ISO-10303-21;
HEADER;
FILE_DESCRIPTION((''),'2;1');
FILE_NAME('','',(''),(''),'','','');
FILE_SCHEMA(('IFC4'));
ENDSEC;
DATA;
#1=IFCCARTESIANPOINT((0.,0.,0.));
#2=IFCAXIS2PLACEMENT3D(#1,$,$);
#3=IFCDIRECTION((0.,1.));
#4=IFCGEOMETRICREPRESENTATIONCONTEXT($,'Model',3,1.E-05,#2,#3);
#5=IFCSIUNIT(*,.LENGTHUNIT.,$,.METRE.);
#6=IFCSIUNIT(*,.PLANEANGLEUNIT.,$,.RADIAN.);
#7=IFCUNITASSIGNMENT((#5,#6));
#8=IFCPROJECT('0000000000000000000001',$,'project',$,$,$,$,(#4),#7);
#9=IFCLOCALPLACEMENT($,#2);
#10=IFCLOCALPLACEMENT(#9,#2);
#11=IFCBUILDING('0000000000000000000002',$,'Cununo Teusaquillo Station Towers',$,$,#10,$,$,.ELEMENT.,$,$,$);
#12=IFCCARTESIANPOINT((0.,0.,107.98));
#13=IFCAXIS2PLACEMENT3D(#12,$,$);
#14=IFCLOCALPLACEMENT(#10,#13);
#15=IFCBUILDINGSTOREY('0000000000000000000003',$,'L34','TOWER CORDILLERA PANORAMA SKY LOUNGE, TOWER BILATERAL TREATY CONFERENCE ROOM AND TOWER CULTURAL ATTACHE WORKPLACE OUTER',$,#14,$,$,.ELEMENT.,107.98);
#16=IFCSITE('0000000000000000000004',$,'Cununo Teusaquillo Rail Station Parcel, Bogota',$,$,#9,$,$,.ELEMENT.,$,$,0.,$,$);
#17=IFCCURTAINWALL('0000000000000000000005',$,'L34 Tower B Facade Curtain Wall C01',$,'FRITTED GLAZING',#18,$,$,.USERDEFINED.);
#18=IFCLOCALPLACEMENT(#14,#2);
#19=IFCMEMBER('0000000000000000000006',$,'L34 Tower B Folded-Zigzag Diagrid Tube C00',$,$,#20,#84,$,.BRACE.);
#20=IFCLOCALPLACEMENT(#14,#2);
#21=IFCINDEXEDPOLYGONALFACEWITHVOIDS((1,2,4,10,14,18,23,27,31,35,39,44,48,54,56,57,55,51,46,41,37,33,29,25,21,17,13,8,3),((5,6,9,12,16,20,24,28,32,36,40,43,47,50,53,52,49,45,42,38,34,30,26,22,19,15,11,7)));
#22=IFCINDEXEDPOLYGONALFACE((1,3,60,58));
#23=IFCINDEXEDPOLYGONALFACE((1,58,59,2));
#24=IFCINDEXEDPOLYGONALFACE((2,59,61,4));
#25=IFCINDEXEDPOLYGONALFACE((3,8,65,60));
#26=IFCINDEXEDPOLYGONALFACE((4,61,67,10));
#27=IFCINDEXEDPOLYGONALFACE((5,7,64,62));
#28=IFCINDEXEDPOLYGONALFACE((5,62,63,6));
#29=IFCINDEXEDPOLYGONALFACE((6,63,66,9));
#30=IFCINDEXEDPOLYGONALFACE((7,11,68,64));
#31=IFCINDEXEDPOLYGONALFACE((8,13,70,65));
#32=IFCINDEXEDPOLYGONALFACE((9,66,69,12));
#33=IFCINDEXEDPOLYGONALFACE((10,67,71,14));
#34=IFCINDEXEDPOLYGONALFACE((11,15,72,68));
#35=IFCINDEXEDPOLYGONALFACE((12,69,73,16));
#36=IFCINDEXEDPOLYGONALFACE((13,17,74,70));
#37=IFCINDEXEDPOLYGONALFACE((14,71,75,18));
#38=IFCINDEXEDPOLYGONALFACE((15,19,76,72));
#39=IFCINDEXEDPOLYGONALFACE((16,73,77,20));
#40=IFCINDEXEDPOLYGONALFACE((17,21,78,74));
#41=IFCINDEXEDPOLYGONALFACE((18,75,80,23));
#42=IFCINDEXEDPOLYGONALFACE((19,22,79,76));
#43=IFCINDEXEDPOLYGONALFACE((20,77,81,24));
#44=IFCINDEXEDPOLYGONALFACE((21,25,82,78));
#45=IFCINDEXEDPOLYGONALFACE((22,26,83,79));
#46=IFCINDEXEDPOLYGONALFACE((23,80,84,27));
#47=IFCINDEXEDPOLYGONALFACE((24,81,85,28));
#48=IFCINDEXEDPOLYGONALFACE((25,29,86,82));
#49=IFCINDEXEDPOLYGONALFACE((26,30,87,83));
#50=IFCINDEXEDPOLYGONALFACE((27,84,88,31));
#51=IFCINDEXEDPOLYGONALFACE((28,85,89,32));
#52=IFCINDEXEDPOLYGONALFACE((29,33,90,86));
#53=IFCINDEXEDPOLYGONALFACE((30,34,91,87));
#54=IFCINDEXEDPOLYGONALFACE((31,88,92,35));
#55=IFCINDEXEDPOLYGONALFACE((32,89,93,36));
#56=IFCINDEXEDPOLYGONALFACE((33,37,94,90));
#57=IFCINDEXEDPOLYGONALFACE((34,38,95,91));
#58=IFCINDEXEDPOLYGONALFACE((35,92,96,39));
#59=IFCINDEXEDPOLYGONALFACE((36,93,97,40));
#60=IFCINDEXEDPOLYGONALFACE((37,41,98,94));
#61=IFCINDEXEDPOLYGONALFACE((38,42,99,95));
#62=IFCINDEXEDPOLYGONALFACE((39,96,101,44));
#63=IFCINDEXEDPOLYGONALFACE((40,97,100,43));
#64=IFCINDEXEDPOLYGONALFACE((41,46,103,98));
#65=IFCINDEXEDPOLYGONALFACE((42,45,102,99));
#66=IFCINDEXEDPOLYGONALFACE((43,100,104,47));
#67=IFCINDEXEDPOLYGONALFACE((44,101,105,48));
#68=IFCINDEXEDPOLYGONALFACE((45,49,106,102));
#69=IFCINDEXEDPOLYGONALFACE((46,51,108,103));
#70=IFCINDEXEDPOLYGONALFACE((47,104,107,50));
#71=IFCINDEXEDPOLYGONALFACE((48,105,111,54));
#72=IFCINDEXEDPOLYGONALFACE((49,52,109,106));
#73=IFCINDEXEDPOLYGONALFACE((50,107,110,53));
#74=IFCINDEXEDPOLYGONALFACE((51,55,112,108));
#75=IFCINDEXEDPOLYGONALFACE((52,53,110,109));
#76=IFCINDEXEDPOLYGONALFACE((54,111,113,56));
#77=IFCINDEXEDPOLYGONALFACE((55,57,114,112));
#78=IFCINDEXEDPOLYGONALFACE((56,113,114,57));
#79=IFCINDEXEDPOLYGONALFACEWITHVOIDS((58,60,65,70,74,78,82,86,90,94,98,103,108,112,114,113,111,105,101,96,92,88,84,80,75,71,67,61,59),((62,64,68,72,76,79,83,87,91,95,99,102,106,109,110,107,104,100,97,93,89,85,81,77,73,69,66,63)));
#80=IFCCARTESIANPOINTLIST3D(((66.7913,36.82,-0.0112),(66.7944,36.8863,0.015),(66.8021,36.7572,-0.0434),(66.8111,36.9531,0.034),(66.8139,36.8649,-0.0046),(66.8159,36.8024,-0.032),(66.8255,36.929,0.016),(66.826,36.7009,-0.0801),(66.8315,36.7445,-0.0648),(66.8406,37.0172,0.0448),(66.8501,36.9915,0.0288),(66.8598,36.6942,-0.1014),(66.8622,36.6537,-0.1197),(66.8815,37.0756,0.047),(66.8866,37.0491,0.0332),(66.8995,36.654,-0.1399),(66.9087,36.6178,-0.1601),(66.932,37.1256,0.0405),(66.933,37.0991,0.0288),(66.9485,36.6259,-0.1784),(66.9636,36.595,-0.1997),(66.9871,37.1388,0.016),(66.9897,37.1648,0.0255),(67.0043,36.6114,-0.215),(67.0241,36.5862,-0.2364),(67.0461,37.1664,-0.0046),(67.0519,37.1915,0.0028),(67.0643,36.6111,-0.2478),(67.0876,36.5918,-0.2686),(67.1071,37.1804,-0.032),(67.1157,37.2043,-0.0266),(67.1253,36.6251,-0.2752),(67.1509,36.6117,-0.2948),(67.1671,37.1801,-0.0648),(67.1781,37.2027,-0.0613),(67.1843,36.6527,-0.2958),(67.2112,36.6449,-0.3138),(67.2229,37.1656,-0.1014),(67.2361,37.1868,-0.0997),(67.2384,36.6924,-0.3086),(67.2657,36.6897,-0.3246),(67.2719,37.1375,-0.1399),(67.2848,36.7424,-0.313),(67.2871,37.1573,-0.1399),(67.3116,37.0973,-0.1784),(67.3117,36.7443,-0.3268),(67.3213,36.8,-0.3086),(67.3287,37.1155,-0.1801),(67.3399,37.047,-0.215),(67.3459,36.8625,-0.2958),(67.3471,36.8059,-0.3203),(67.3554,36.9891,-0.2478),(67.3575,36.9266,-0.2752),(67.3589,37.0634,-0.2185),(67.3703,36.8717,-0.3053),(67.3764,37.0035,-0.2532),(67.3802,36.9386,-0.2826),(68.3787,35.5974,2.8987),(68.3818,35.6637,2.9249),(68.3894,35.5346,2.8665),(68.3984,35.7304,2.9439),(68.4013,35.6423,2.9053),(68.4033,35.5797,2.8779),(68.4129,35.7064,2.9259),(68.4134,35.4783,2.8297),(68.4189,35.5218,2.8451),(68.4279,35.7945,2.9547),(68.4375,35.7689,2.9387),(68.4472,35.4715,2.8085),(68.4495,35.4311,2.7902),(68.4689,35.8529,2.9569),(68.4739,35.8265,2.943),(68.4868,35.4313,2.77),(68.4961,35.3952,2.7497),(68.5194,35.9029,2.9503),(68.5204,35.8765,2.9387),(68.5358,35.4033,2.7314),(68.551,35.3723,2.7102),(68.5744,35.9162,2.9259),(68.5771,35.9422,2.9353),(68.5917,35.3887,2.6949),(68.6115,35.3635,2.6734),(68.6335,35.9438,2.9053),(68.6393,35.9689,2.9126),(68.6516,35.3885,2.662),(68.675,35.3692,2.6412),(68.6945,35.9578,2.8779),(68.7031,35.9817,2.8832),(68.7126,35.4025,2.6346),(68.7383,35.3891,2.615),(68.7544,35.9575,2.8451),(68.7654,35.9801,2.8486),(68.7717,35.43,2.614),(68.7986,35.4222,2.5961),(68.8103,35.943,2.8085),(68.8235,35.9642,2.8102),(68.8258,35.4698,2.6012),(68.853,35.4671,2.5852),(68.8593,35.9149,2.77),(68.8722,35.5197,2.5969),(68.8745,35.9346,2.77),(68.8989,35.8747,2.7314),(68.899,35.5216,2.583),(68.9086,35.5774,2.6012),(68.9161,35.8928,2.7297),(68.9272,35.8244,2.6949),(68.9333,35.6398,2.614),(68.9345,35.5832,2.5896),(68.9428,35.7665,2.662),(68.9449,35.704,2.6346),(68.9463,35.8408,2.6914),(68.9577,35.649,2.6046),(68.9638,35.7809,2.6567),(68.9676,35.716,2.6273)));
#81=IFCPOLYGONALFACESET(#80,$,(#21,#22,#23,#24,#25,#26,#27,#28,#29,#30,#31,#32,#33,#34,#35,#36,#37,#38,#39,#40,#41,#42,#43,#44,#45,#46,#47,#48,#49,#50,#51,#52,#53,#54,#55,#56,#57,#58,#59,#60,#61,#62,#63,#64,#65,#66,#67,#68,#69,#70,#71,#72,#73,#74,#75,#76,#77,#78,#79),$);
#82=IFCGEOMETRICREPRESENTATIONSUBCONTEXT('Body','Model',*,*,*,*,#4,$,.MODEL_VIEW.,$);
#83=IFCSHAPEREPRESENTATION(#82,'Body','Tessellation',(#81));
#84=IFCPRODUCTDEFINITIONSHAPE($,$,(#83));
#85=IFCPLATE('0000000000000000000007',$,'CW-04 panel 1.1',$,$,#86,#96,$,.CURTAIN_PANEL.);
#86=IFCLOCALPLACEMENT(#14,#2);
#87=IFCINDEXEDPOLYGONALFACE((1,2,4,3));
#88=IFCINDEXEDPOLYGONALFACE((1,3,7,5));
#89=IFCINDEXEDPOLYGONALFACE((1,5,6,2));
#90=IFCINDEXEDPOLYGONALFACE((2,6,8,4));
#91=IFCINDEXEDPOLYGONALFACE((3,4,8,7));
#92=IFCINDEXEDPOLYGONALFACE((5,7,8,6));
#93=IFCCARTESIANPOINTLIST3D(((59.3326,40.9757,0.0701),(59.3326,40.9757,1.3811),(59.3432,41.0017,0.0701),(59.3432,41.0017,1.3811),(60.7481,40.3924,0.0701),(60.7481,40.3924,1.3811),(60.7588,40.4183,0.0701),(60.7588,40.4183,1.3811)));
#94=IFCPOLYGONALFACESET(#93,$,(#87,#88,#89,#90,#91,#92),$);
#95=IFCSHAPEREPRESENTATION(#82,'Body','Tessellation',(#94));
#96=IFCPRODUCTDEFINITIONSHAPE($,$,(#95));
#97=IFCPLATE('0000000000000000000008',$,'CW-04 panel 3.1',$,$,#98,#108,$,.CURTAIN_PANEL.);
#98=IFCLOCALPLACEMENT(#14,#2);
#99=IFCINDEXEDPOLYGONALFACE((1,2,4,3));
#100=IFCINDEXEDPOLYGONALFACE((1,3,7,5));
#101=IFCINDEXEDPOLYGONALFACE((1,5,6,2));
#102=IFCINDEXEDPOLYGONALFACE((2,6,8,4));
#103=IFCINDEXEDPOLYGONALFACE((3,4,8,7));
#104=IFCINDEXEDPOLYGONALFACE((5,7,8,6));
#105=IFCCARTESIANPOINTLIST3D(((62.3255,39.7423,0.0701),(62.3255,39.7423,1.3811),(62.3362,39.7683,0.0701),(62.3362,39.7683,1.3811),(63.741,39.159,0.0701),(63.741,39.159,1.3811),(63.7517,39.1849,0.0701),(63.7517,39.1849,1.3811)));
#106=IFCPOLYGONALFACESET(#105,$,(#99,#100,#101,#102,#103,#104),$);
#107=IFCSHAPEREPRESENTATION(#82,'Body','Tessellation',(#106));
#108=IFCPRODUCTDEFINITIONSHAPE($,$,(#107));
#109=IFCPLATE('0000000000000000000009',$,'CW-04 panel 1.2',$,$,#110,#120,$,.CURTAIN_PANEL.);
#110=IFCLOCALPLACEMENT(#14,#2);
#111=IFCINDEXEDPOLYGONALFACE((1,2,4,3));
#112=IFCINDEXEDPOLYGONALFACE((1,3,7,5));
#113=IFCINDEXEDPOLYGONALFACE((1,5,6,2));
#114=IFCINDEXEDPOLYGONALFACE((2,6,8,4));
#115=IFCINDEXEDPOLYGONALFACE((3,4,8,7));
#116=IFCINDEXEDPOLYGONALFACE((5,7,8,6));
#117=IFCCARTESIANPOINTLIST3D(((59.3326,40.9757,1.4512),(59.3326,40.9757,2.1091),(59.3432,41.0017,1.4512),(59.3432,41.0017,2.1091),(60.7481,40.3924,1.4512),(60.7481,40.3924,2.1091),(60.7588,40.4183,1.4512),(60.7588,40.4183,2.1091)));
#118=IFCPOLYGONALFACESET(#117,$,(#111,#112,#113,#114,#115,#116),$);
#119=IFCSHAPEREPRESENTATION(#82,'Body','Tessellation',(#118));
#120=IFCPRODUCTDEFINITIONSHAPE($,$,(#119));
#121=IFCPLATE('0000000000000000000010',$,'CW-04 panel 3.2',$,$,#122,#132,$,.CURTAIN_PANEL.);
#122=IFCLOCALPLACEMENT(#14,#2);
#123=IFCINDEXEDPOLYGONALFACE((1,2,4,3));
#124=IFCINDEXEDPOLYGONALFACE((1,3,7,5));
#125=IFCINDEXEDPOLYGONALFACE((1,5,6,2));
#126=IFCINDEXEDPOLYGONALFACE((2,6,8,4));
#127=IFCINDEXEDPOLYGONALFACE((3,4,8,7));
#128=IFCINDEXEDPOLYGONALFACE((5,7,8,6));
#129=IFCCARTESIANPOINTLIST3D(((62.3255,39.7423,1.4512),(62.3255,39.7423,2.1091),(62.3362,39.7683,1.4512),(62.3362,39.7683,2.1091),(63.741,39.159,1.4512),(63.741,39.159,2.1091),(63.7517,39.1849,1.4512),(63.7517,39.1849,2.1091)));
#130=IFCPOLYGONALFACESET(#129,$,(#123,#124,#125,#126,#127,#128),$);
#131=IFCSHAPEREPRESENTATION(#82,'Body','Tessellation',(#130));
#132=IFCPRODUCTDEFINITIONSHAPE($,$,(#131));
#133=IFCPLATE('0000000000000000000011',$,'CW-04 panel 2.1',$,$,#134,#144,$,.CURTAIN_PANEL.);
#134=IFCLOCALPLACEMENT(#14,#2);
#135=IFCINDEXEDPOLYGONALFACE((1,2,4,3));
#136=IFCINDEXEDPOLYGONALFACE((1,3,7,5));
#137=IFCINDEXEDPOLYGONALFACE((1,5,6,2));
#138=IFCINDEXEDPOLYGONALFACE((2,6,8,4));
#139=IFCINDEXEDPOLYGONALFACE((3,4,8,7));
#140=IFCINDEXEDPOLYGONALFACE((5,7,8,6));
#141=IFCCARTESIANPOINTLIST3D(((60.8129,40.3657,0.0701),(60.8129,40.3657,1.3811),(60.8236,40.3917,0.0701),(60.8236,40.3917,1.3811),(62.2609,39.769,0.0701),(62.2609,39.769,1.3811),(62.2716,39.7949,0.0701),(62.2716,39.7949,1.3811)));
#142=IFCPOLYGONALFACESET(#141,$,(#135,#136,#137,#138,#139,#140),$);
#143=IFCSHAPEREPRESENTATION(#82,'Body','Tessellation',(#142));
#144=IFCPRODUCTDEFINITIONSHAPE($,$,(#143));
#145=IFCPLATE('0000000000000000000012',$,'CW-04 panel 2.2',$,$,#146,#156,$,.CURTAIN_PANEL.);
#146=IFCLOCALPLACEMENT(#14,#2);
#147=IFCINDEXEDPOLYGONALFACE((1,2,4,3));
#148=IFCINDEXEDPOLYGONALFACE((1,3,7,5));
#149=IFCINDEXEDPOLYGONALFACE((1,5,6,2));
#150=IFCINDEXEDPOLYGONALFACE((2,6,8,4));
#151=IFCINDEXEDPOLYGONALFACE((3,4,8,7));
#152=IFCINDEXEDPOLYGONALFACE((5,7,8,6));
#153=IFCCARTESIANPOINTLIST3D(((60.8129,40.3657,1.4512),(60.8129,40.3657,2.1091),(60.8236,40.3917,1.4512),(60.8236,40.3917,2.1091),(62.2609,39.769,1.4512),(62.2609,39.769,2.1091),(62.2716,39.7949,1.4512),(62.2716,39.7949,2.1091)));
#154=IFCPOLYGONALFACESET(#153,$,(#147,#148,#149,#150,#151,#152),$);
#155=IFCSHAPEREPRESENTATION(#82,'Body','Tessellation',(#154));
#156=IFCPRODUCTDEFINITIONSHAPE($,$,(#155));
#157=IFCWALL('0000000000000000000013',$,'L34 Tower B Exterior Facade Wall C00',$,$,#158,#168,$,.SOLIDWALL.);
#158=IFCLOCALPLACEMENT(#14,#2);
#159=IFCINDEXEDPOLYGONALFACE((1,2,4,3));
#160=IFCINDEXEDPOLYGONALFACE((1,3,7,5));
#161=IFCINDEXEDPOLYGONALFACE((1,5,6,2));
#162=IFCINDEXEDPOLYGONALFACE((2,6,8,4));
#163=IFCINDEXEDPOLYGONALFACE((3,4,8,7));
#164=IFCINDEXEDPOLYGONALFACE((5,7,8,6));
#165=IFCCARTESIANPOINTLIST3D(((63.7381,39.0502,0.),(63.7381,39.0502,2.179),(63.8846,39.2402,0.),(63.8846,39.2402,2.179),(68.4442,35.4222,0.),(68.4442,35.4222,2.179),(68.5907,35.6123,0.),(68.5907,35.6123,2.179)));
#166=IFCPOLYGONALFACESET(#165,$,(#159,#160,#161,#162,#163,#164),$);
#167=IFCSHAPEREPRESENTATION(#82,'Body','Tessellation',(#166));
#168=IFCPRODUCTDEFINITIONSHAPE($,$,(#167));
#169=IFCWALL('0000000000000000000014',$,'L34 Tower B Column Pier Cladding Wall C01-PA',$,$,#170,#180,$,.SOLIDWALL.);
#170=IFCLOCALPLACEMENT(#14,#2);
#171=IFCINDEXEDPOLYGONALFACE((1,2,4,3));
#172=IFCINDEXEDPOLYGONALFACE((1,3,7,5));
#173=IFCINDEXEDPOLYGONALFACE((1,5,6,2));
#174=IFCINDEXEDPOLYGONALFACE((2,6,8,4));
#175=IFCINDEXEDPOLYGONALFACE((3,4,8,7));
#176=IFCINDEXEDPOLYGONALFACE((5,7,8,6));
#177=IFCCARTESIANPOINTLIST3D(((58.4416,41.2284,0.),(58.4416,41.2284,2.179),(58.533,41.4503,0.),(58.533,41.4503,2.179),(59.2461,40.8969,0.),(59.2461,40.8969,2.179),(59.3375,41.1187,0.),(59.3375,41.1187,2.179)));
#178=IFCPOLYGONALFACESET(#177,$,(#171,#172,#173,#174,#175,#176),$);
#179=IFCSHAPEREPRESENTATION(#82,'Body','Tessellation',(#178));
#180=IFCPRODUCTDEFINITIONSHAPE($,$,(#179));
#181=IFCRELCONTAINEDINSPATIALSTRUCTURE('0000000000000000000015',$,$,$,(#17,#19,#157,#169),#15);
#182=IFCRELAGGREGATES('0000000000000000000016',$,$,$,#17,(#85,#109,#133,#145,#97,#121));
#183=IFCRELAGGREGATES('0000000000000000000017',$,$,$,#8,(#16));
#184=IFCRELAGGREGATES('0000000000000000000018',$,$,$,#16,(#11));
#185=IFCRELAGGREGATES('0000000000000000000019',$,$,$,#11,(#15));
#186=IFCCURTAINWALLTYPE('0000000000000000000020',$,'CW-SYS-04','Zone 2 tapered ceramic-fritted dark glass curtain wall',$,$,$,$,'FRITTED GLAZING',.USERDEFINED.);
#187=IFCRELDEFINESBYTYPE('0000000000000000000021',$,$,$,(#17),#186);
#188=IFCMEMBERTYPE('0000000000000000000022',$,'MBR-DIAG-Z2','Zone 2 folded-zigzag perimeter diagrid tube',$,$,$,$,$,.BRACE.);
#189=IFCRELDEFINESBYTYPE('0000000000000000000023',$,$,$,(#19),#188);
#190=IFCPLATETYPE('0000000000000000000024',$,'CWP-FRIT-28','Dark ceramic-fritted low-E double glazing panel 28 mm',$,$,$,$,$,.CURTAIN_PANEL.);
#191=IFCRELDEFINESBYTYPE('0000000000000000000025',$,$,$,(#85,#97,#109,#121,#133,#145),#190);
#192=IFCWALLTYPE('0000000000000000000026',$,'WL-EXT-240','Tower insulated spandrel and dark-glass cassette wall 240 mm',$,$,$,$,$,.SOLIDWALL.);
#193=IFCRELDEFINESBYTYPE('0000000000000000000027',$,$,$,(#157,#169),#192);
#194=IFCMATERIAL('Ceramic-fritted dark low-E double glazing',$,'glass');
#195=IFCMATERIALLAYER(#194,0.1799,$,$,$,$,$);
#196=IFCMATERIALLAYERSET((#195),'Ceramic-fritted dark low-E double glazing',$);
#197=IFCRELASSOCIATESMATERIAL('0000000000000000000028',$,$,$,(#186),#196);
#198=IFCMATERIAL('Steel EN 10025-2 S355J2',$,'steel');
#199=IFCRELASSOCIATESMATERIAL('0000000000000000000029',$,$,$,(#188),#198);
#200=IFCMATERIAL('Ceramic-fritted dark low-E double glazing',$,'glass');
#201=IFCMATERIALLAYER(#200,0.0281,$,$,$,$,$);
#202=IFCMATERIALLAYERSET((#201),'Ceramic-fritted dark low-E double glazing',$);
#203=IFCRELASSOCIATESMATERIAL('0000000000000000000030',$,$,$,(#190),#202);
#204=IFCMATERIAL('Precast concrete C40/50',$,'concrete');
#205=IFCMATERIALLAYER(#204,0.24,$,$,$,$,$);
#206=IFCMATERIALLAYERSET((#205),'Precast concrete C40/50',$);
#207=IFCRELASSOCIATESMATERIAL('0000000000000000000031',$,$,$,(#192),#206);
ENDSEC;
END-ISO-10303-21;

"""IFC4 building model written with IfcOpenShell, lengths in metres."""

from ifc_helpers import new_model, si_unit, direction, frame, frame_2d, origin, origin_2d, place, context, subcontext, project, spatial, rectangle, hollow_circle, extrude, source, transform, mapped, material, layer, layer_set, material_profile, profile_set, type_object, element, aggregate, save


model = new_model("IFC4")

# Units and contexts
model_context = context("Model", 3, precision=1e-05, world=origin(), true_north=direction((0.0, 1.0)))
body_context = subcontext(model_context, "Body", "Model", "MODEL_VIEW")
ifc_project = project(units=[si_unit("LENGTHUNIT", "METRE"), si_unit("PLANEANGLEUNIT", "RADIAN")], contexts=[model_context])

# Site, building, storey
site_placement = place(None, origin())
site = spatial("IfcSite", under=ifc_project, at=site_placement, Name="Cununo Teusaquillo Rail Station Parcel, Bogota", CompositionType="ELEMENT", RefElevation=0.0)
building_placement = place(site_placement, origin())
building = spatial("IfcBuilding", under=site, at=building_placement, Name="Cununo Teusaquillo Station Towers", CompositionType="ELEMENT")
storey_placement = place(building_placement, frame((0.0, 0.0, 107.98)))
storey = spatial("IfcBuildingStorey", under=building, at=storey_placement, Name="L34", Description="TOWER CORDILLERA PANORAMA SKY LOUNGE, TOWER BILATERAL TREATY CONFERENCE ROOM AND TOWER CULTURAL ATTACHE WORKPLACE OUTER", CompositionType="ELEMENT", Elevation=107.98)

# Curtain wall
ifc_material_1 = material(Name="Ceramic-fritted dark low-E double glazing", Category="glass")
ifc_layer_1 = layer(ifc_material_1, 0.1799)
ifc_layer_set_1 = layer_set([ifc_layer_1], Name="Ceramic-fritted dark low-E double glazing")
curtain_wall_type = type_object("IfcCurtainWallType", Name="CW-SYS-04", Description="Zone 2 tapered ceramic-fritted dark glass curtain wall", ElementType="FRITTED GLAZING", PredefinedType="USERDEFINED", material=ifc_layer_set_1)
curtain_wall_placement = place(storey_placement, origin())
curtain_wall = element("IfcCurtainWall", 1, at=curtain_wall_placement, inside=storey, type_object=curtain_wall_type, Name="L34 Tower B Facade Curtain Wall C01", ObjectType="FRITTED GLAZING", PredefinedType="USERDEFINED")

# Member
ifc_material_2 = material(Name="Steel EN 10025-2 S355J2", Category="steel")
ifc_material_profile_1 = material_profile(ifc_material_2, hollow_circle(Radius=0.3301, WallThickness=0.0249, at=origin_2d()), Name="CHS 660x25")
ifc_profile_set_1 = profile_set([ifc_material_profile_1], Name="Steel EN 10025-2 S355J2")
member_type_1 = type_object("IfcMemberType", Name="MBR-DIAG-Z2", Description="Zone 2 folded-zigzag perimeter diagrid tube", PredefinedType="BRACE", material=ifc_profile_set_1)
member_1_placement = place(storey_placement, frame((67.0857, 36.8958, -0.1399), z_axis=(0.449303, -0.346064, 0.82363), x_axis=(0.610205, 0.792243, 0.0)))
element("IfcMember", 2, at=member_1_placement, inside=storey, type_object=member_type_1, Name="L34 Tower B Folded-Zigzag Diagrid Tube C00", PredefinedType="BRACE", context=body_context, shape_type="SweptSolid", body=[
    extrude(hollow_circle(Radius=0.3301, WallThickness=0.0249, at=origin_2d()), origin(), (0.0, 0.0, 1.0), 3.533),
])

# Plates
ifc_material_3 = material(Name="Ceramic-fritted dark low-E double glazing", Category="glass")
ifc_layer_2 = layer(ifc_material_3, 0.0281)
ifc_layer_set_2 = layer_set([ifc_layer_2], Name="Ceramic-fritted dark low-E double glazing")
plate_type = type_object("IfcPlateType", Name="CWP-FRIT-28", Description="Dark ceramic-fritted low-E double glazing panel 28 mm", PredefinedType="CURTAIN_PANEL", material=ifc_layer_set_2)
shared_shape_1 = source(origin(), body_context, "Body", "SweptSolid", [
    extrude(rectangle(XDim=1.531, YDim=0.0281, at=origin_2d()), origin(), (0.0, 0.0, 1.0), 1.311),
])
plate_1_placement = place(storey_placement, frame((60.0457, 40.697, 0.0701), z_axis=(0.0, 0.0, 1.0), x_axis=(0.924562, -0.381031, 0.0)))
plate_1 = element("IfcPlate", 3, at=plate_1_placement, type_object=plate_type, Name="CW-04 panel 1.1", PredefinedType="CURTAIN_PANEL", context=body_context, shape_type="MappedRepresentation", body=[
    mapped(shared_shape_1, transform((0.0, 0.0, 0.0), x_axis=(1.0, 0.0, 0.0), y_axis=(0.0, 1.0, 0.0), z_axis=(0.0, 0.0, 1.0), scale=1.0)),
])
plate_2_placement = place(storey_placement, frame((63.0386, 39.4636, 0.0701), z_axis=(0.0, 0.0, 1.0), x_axis=(0.924562, -0.381031, 0.0)))
plate_2 = element("IfcPlate", 4, at=plate_2_placement, type_object=plate_type, Name="CW-04 panel 3.1", PredefinedType="CURTAIN_PANEL", context=body_context, shape_type="MappedRepresentation", body=[
    mapped(shared_shape_1, transform((0.0, 0.0, 0.0), x_axis=(1.0, 0.0, 0.0), y_axis=(0.0, 1.0, 0.0), z_axis=(0.0, 0.0, 1.0), scale=1.0)),
])
shared_shape_2 = source(origin(), body_context, "Body", "SweptSolid", [
    extrude(rectangle(XDim=1.531, YDim=0.0281, at=origin_2d()), origin(), (0.0, 0.0, 1.0), 0.658),
])
plate_3_placement = place(storey_placement, frame((60.0457, 40.697, 1.4512), z_axis=(0.0, 0.0, 1.0), x_axis=(0.924562, -0.381031, 0.0)))
plate_3 = element("IfcPlate", 5, at=plate_3_placement, type_object=plate_type, Name="CW-04 panel 1.2", PredefinedType="CURTAIN_PANEL", context=body_context, shape_type="MappedRepresentation", body=[
    mapped(shared_shape_2, transform((0.0, 0.0, 0.0), x_axis=(1.0, 0.0, 0.0), y_axis=(0.0, 1.0, 0.0), z_axis=(0.0, 0.0, 1.0), scale=1.0)),
])
plate_4_placement = place(storey_placement, frame((63.0386, 39.4636, 1.4512), z_axis=(0.0, 0.0, 1.0), x_axis=(0.924562, -0.381031, 0.0)))
plate_4 = element("IfcPlate", 6, at=plate_4_placement, type_object=plate_type, Name="CW-04 panel 3.2", PredefinedType="CURTAIN_PANEL", context=body_context, shape_type="MappedRepresentation", body=[
    mapped(shared_shape_2, transform((0.0, 0.0, 0.0), x_axis=(1.0, 0.0, 0.0), y_axis=(0.0, 1.0, 0.0), z_axis=(0.0, 0.0, 1.0), scale=1.0)),
])
shared_shape_3 = source(origin(), body_context, "Body", "SweptSolid", [
    extrude(rectangle(XDim=1.5662, YDim=0.0281, at=origin_2d()), origin(), (0.0, 0.0, 1.0), 1.311),
])
plate_5_placement = place(storey_placement, frame((61.5422, 40.0803, 0.0701), z_axis=(0.0, 0.0, 1.0), x_axis=(0.924562, -0.381031, 0.0)))
plate_5 = element("IfcPlate", 7, at=plate_5_placement, type_object=plate_type, Name="CW-04 panel 2.1", PredefinedType="CURTAIN_PANEL", context=body_context, shape_type="MappedRepresentation", body=[
    mapped(shared_shape_3, transform((0.0, 0.0, 0.0), x_axis=(1.0, 0.0, 0.0), y_axis=(0.0, 1.0, 0.0), z_axis=(0.0, 0.0, 1.0), scale=1.0)),
])
shared_shape_4 = source(origin(), body_context, "Body", "SweptSolid", [
    extrude(rectangle(XDim=1.5662, YDim=0.0281, at=origin_2d()), origin(), (0.0, 0.0, 1.0), 0.658),
])
plate_6_placement = place(storey_placement, frame((61.5422, 40.0803, 1.4512), z_axis=(0.0, 0.0, 1.0), x_axis=(0.924562, -0.381031, 0.0)))
plate_6 = element("IfcPlate", 8, at=plate_6_placement, type_object=plate_type, Name="CW-04 panel 2.2", PredefinedType="CURTAIN_PANEL", context=body_context, shape_type="MappedRepresentation", body=[
    mapped(shared_shape_4, transform((0.0, 0.0, 0.0), x_axis=(1.0, 0.0, 0.0), y_axis=(0.0, 1.0, 0.0), z_axis=(0.0, 0.0, 1.0), scale=1.0)),
])
aggregate(curtain_wall, [plate_1, plate_3, plate_5, plate_6, plate_2, plate_4])

# Walls
ifc_material_4 = material(Name="Precast concrete C40/50", Category="concrete")
ifc_layer_3 = layer(ifc_material_4, 0.24)
ifc_layer_set_3 = layer_set([ifc_layer_3], Name="Precast concrete C40/50")
wall_type_1 = type_object("IfcWallType", Name="WL-EXT-240", Description="Tower insulated spandrel and dark-glass cassette wall 240 mm", PredefinedType="SOLIDWALL", material=ifc_layer_set_3)
wall_1_placement = place(storey_placement, frame((63.8113, 39.1453, 0.0), z_axis=(0.0, 0.0, 1.0), x_axis=(0.791982, -0.610544, 0.0)))
element("IfcWall", 9, at=wall_1_placement, inside=storey, type_object=wall_type_1, Name="L34 Tower B Exterior Facade Wall C00", PredefinedType="SOLIDWALL", context=body_context, shape_type="SweptSolid", body=[
    extrude(rectangle(XDim=5.9421, YDim=0.24, at=frame_2d((2.9712, 0.0))), origin(), (0.0, 0.0, 1.0), 2.179),
])
wall_2_placement = place(storey_placement, frame((58.4873, 41.3394, 0.0), z_axis=(0.0, 0.0, 1.0), x_axis=(0.924556, -0.381046, 0.0)))
element("IfcWall", 10, at=wall_2_placement, inside=storey, type_object=wall_type_1, Name="L34 Tower B Column Pier Cladding Wall C01-PA", PredefinedType="SOLIDWALL", context=body_context, shape_type="SweptSolid", body=[
    extrude(rectangle(XDim=0.8701, YDim=0.24, at=frame_2d((0.4351, 0.0))), origin(), (0.0, 0.0, 1.0), 2.179),
])

save(model, "model.ifc")
